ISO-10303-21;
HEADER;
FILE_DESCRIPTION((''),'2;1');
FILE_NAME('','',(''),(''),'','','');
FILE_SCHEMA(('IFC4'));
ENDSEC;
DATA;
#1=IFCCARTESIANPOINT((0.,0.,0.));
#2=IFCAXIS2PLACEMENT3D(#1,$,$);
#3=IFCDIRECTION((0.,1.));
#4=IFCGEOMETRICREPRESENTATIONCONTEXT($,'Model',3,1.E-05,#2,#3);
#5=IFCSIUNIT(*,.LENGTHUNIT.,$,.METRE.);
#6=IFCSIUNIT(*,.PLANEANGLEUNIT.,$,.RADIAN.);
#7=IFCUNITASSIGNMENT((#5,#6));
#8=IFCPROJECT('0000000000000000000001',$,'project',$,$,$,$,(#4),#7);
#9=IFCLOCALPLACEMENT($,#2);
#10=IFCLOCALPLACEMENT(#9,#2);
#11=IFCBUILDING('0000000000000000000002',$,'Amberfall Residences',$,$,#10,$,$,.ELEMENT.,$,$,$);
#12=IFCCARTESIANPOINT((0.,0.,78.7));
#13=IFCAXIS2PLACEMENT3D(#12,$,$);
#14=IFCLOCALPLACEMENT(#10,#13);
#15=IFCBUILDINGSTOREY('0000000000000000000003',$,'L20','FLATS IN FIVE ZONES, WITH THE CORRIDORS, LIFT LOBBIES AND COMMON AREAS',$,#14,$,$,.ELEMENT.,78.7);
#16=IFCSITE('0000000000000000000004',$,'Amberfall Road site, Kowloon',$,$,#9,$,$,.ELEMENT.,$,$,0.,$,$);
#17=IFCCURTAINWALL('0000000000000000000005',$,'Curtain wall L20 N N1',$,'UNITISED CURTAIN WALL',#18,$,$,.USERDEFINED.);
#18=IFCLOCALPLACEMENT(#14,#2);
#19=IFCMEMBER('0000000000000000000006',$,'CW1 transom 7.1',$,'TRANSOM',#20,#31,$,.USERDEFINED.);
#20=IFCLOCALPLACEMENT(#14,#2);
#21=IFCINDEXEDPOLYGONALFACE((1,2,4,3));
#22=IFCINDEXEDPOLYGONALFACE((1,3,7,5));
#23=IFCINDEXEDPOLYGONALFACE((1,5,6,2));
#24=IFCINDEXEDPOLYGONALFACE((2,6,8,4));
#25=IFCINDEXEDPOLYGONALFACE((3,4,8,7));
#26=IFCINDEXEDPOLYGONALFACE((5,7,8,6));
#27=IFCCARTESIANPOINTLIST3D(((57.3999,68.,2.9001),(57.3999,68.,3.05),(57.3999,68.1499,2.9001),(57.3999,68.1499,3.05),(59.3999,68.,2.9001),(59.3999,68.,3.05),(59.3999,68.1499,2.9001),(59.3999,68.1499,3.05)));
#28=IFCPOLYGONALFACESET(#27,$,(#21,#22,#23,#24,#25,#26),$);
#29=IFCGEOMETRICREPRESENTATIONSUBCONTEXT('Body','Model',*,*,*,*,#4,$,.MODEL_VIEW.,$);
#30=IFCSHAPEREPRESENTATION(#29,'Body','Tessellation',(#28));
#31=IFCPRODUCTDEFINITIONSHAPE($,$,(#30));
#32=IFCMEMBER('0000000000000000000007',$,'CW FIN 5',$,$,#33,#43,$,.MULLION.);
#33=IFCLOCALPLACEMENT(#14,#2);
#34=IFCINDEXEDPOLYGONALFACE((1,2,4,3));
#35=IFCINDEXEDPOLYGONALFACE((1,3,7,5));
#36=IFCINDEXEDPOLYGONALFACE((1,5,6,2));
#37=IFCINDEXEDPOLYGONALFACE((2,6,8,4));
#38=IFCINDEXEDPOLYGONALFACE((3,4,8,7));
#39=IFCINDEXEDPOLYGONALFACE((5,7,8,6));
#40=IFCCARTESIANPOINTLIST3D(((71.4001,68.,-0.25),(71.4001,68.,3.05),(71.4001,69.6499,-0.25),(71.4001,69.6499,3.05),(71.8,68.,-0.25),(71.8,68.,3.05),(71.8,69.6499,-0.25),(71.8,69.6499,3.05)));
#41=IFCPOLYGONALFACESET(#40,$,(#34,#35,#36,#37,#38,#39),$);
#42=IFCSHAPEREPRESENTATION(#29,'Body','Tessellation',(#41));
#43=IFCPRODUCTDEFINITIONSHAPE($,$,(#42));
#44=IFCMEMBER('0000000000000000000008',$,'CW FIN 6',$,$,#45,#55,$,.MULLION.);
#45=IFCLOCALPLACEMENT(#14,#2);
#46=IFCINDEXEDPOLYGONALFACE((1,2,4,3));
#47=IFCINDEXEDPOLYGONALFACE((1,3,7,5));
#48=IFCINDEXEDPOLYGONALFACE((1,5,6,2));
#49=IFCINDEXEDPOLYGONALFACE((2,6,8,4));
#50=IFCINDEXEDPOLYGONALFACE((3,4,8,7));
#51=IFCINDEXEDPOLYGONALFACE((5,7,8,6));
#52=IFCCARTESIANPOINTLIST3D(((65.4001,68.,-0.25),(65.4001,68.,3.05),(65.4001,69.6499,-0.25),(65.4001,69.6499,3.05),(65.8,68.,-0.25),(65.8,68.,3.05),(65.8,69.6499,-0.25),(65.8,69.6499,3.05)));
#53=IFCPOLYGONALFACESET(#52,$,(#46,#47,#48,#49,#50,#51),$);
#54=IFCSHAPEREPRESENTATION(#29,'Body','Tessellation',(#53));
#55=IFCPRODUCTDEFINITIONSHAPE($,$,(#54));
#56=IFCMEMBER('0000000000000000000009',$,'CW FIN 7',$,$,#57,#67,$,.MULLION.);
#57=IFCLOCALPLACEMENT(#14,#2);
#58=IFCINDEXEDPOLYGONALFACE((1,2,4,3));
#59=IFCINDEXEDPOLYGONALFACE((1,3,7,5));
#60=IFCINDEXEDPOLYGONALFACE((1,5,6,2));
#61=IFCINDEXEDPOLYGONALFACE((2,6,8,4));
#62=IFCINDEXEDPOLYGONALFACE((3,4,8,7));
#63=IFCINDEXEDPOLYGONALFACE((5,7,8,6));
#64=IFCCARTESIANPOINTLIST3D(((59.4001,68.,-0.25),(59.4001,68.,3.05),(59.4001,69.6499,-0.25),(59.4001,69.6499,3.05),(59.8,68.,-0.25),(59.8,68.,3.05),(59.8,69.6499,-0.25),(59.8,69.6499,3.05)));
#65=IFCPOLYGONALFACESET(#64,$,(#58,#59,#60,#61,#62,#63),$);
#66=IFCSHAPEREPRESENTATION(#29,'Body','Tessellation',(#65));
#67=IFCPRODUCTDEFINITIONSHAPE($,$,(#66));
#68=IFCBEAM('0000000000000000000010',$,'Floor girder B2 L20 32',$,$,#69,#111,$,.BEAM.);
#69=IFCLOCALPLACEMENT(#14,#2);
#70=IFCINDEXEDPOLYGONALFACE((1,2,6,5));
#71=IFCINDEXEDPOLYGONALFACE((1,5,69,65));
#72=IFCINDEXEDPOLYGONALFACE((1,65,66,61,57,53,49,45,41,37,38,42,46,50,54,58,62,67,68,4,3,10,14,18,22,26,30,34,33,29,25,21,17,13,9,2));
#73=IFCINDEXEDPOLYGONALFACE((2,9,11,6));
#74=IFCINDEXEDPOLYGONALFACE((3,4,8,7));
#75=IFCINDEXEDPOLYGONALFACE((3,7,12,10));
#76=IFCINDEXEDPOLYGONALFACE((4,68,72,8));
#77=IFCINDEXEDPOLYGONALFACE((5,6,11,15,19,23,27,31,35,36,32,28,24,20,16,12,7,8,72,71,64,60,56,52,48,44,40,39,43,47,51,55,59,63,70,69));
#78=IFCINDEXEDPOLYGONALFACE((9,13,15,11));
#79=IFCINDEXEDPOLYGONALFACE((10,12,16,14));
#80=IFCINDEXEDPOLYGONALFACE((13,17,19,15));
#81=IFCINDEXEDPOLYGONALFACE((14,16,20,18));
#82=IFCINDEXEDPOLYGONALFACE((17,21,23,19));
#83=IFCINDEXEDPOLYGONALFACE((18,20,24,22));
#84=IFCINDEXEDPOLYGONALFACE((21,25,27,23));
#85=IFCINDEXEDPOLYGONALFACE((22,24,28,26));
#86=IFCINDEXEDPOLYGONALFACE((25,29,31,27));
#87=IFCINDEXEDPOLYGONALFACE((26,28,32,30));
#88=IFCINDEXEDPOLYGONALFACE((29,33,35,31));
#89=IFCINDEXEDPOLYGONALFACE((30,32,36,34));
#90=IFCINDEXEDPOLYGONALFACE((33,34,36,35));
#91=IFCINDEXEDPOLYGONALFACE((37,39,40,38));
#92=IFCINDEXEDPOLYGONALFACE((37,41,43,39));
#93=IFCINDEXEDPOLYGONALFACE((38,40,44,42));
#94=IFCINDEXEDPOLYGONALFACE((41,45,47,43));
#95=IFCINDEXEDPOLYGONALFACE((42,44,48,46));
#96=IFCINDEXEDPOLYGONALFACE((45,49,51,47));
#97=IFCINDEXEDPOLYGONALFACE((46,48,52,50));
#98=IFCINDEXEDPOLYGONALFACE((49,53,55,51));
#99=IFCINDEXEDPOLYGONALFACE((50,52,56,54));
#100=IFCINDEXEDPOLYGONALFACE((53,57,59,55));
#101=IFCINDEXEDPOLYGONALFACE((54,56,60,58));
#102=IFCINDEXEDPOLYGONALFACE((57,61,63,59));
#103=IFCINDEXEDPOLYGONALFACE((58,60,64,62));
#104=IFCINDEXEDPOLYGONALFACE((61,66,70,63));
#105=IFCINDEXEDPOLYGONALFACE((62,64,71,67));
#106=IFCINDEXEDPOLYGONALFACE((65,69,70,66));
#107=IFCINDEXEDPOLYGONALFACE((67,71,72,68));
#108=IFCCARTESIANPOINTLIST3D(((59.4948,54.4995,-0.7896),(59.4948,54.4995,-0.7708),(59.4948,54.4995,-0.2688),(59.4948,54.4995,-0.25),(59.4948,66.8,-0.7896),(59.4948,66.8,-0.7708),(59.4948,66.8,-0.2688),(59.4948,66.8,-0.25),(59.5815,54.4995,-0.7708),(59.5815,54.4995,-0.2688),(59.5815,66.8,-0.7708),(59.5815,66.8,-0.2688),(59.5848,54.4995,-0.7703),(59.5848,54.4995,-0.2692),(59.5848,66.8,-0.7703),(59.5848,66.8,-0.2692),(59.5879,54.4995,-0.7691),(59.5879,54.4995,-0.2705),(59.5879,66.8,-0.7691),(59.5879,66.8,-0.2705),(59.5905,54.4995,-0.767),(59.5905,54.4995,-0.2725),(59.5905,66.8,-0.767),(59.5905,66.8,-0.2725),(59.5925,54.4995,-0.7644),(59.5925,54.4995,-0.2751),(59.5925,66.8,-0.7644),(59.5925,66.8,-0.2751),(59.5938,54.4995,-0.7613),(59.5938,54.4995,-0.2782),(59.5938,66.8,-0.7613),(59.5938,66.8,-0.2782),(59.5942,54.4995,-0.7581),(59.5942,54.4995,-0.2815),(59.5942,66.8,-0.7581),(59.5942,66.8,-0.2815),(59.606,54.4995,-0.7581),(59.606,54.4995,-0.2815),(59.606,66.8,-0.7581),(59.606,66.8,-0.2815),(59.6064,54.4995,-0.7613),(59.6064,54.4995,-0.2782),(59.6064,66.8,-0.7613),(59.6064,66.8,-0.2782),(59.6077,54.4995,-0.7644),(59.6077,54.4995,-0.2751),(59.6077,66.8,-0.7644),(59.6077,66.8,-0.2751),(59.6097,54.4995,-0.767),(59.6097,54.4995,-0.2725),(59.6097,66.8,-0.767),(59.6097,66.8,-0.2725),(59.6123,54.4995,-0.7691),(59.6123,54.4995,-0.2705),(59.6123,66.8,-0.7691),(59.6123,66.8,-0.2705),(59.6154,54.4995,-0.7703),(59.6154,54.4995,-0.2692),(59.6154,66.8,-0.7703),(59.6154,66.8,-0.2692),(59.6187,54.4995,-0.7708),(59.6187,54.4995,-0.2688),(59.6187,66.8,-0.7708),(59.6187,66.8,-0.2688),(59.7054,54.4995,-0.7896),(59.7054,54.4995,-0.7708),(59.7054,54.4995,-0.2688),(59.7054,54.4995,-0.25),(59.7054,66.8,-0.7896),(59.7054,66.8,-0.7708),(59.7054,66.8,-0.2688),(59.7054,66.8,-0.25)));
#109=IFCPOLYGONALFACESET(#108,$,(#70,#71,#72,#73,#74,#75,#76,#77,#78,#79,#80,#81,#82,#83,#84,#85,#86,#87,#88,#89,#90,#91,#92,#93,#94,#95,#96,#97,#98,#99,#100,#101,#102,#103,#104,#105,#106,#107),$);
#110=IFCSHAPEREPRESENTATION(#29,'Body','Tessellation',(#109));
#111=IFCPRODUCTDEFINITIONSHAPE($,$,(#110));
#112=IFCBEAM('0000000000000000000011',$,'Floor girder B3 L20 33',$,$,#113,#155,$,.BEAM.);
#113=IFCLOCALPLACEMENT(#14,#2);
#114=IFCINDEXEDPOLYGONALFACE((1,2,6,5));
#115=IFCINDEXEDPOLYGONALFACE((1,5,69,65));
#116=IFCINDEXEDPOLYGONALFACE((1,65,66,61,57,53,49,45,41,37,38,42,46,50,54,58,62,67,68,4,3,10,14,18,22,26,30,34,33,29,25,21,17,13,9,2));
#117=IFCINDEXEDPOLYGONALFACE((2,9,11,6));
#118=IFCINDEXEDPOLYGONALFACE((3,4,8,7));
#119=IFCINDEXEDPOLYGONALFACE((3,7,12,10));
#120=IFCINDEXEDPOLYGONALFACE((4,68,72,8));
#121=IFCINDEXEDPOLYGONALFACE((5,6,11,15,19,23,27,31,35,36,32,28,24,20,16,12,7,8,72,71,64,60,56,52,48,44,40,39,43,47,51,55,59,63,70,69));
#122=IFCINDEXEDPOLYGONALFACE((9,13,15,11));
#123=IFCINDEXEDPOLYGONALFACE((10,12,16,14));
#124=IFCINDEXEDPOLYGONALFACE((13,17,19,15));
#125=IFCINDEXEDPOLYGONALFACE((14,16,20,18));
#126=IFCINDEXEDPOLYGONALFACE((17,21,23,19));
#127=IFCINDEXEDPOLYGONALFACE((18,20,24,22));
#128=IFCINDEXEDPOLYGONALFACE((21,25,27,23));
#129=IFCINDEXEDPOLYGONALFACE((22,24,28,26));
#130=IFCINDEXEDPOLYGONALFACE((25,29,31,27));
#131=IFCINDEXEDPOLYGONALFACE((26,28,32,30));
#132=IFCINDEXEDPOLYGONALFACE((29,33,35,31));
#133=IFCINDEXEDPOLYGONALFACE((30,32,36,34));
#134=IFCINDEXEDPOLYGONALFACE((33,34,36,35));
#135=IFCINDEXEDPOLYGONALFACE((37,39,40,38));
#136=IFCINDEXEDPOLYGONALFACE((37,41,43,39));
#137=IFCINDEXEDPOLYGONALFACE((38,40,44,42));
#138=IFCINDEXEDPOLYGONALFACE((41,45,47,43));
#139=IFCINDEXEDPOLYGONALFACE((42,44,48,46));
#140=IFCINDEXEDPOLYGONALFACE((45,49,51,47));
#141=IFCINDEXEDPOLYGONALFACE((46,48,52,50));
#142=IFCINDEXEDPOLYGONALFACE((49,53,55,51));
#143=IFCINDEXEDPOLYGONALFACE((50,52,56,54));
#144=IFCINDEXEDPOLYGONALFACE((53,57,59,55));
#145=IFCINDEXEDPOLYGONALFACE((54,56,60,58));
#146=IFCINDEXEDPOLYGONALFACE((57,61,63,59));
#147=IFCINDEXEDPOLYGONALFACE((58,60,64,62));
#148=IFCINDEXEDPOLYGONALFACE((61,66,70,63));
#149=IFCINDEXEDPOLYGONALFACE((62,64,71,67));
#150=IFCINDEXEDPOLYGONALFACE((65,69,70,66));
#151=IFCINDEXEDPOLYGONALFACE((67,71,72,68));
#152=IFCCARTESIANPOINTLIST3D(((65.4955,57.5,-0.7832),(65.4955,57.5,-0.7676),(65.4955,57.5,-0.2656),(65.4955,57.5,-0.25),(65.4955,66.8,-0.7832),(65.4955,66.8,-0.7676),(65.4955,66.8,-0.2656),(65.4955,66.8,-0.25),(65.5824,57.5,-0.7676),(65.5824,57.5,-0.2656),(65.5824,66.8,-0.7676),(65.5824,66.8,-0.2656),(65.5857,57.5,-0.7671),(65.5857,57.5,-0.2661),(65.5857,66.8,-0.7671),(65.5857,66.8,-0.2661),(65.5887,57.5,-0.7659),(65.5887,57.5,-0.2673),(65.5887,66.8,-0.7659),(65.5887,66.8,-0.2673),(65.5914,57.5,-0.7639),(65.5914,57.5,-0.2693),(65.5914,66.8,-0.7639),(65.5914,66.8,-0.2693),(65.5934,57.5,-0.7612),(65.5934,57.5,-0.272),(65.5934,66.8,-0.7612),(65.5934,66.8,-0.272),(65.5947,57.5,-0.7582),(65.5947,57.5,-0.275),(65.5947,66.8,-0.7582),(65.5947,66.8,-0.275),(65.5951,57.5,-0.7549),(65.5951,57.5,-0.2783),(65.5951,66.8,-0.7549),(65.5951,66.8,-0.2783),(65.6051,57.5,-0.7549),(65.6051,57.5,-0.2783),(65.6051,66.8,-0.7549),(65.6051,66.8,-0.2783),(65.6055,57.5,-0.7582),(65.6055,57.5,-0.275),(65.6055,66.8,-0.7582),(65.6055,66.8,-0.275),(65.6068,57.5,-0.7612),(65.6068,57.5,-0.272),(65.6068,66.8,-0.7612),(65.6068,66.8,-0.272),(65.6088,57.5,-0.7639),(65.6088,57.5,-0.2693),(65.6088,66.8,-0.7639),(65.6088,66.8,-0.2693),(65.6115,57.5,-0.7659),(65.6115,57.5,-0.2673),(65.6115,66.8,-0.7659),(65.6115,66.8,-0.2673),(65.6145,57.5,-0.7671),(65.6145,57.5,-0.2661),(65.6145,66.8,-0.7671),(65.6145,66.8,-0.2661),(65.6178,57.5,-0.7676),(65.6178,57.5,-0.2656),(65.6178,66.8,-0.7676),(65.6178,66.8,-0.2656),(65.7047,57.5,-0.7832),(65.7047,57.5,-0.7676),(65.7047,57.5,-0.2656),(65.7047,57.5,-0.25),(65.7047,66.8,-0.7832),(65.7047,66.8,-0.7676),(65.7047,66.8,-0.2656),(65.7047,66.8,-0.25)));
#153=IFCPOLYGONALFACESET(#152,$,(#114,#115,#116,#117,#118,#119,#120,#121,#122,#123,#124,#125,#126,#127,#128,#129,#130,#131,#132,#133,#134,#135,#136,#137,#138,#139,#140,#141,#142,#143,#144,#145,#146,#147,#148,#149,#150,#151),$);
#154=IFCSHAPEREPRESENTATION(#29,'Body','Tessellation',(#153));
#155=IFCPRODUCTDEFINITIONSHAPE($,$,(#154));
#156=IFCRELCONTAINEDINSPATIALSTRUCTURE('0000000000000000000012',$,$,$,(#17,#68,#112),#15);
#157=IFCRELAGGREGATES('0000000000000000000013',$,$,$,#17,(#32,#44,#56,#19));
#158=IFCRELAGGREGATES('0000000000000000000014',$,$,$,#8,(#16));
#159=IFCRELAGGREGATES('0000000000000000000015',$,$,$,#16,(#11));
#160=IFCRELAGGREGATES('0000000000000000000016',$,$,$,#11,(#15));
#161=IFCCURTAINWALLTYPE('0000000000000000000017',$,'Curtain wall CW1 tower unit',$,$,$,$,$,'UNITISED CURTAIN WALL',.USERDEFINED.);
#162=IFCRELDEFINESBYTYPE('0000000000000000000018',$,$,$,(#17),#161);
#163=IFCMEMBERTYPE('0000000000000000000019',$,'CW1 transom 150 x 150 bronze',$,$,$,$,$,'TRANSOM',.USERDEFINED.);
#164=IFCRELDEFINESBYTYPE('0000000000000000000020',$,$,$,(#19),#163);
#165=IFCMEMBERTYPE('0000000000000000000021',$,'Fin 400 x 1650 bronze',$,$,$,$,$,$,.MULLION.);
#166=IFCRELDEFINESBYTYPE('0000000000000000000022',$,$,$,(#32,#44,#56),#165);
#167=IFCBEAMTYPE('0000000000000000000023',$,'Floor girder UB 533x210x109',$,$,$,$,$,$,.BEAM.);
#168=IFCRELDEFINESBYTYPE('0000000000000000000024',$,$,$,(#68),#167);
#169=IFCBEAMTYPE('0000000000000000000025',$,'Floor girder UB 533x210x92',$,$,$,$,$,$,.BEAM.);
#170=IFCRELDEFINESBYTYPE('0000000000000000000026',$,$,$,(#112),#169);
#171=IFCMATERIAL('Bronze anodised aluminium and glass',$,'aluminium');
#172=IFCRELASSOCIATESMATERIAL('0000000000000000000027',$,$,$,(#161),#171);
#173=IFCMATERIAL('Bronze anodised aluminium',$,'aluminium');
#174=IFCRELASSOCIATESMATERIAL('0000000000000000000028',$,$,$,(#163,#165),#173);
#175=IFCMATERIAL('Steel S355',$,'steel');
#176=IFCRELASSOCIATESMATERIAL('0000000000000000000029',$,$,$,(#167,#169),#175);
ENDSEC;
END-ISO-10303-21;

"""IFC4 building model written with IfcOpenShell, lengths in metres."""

from ifc_helpers import new_model, si_unit, direction, frame, origin, origin_2d, place, context, subcontext, project, spatial, rectangle, i_section, extrude, material, material_profile, profile_set, type_object, element, aggregate, save


model = new_model("IFC4")

# Units and contexts
model_context = context("Model", 3, precision=1e-05, world=origin(), true_north=direction((0.0, 1.0)))
body_context = subcontext(model_context, "Body", "Model", "MODEL_VIEW")
ifc_project = project(units=[si_unit("LENGTHUNIT", "METRE"), si_unit("PLANEANGLEUNIT", "RADIAN")], contexts=[model_context])

# Site, building, storey
site_placement = place(None, origin())
site = spatial("IfcSite", under=ifc_project, at=site_placement, Name="Amberfall Road site, Kowloon", CompositionType="ELEMENT", RefElevation=0.0)
building_placement = place(site_placement, origin())
building = spatial("IfcBuilding", under=site, at=building_placement, Name="Amberfall Residences", CompositionType="ELEMENT")
storey_placement = place(building_placement, frame((0.0, 0.0, 78.7)))
storey = spatial("IfcBuildingStorey", under=building, at=storey_placement, Name="L20", Description="FLATS IN FIVE ZONES, WITH THE CORRIDORS, LIFT LOBBIES AND COMMON AREAS", CompositionType="ELEMENT", Elevation=78.7)

# Shared definitions
ifc_material_1 = material(Name="Steel S355", Category="steel")

# Curtain wall, members
ifc_material_2 = material(Name="Bronze anodised aluminium and glass", Category="aluminium")
curtain_wall_type = type_object("IfcCurtainWallType", Name="Curtain wall CW1 tower unit", ElementType="UNITISED CURTAIN WALL", PredefinedType="USERDEFINED", material=ifc_material_2)
curtain_wall_placement = place(storey_placement, origin())
curtain_wall = element("IfcCurtainWall", 1, at=curtain_wall_placement, inside=storey, type_object=curtain_wall_type, Name="Curtain wall L20 N N1", ObjectType="UNITISED CURTAIN WALL", PredefinedType="USERDEFINED")
ifc_material_3 = material(Name="Bronze anodised aluminium", Category="aluminium")
ifc_material_profile_1 = material_profile(ifc_material_3, rectangle(XDim=0.1499, YDim=0.1499, at=origin_2d()), Name="CW1 transom 150 x 150 bronze")
ifc_profile_set_1 = profile_set([ifc_material_profile_1], Name="Bronze anodised aluminium")
member_type_1 = type_object("IfcMemberType", Name="CW1 transom 150 x 150 bronze", ElementType="TRANSOM", PredefinedType="USERDEFINED", material=ifc_profile_set_1)
member_1_placement = place(storey_placement, frame((59.3999, 68.075, 2.9751), z_axis=(-1.0, 0.0, 0.0), x_axis=(0.0, -1.0, 0.0)))
member_1 = element("IfcMember", 2, at=member_1_placement, type_object=member_type_1, Name="CW1 transom 7.1", ObjectType="TRANSOM", PredefinedType="USERDEFINED", context=body_context, shape_type="SweptSolid", body=[
    extrude(rectangle(XDim=0.1499, YDim=0.1499, at=origin_2d()), origin(), (0.0, 0.0, 1.0), 2.0),
])
ifc_material_profile_2 = material_profile(ifc_material_3, rectangle(XDim=1.6499, YDim=0.3999, at=origin_2d()), Name="Fin 400 x 1650 bronze")
ifc_profile_set_2 = profile_set([ifc_material_profile_2], Name="Bronze anodised aluminium")
member_type_2 = type_object("IfcMemberType", Name="Fin 400 x 1650 bronze", PredefinedType="MULLION", material=ifc_profile_set_2)
member_2_placement = place(storey_placement, frame((71.6001, 68.825, -0.25), z_axis=(0.0, 0.0, 1.0), x_axis=(0.0, -1.0, 0.0)))
member_2 = element("IfcMember", 3, at=member_2_placement, type_object=member_type_2, Name="CW FIN 5", PredefinedType="MULLION", context=body_context, shape_type="SweptSolid", body=[
    extrude(rectangle(XDim=1.6499, YDim=0.3999, at=origin_2d()), origin(), (0.0, 0.0, 1.0), 3.3),
])
member_3_placement = place(storey_placement, frame((65.6001, 68.825, -0.25), z_axis=(0.0, 0.0, 1.0), x_axis=(0.0, -1.0, 0.0)))
member_3 = element("IfcMember", 4, at=member_3_placement, type_object=member_type_2, Name="CW FIN 6", PredefinedType="MULLION", context=body_context, shape_type="SweptSolid", body=[
    extrude(rectangle(XDim=1.6499, YDim=0.3999, at=origin_2d()), origin(), (0.0, 0.0, 1.0), 3.3),
])
member_4_placement = place(storey_placement, frame((59.6001, 68.825, -0.25), z_axis=(0.0, 0.0, 1.0), x_axis=(0.0, -1.0, 0.0)))
member_4 = element("IfcMember", 5, at=member_4_placement, type_object=member_type_2, Name="CW FIN 7", PredefinedType="MULLION", context=body_context, shape_type="SweptSolid", body=[
    extrude(rectangle(XDim=1.6499, YDim=0.3999, at=origin_2d()), origin(), (0.0, 0.0, 1.0), 3.3),
])

# Beams
ifc_material_profile_3 = material_profile(ifc_material_1, i_section(OverallWidth=0.2107, OverallDepth=0.5396, WebThickness=0.0117, FlangeThickness=0.0188, FilletRadius=0.0127, at=origin_2d()), Name="UB 533x210x109")
ifc_profile_set_3 = profile_set([ifc_material_profile_3], Name="Steel S355")
beam_type_1 = type_object("IfcBeamType", Name="Floor girder UB 533x210x109", PredefinedType="BEAM", material=ifc_profile_set_3)
beam_1_placement = place(storey_placement, frame((59.6001, 66.8, -0.5198), z_axis=(0.0, -1.0, 0.0), x_axis=(1.0, 0.0, 0.0)))
element("IfcBeam", 6, at=beam_1_placement, inside=storey, type_object=beam_type_1, Name="Floor girder B2 L20 32", PredefinedType="BEAM", context=body_context, shape_type="SweptSolid", body=[
    extrude(i_section(OverallWidth=0.2107, OverallDepth=0.5396, WebThickness=0.0117, FlangeThickness=0.0188, FilletRadius=0.0127, at=origin_2d()), origin(), (0.0, 0.0, 1.0), 12.3005),
])
ifc_material_profile_4 = material_profile(ifc_material_1, i_section(OverallWidth=0.2092, OverallDepth=0.5332, WebThickness=0.01, FlangeThickness=0.0156, FilletRadius=0.0127, at=origin_2d()), Name="UB 533x210x92")
ifc_profile_set_4 = profile_set([ifc_material_profile_4], Name="Steel S355")
beam_type_2 = type_object("IfcBeamType", Name="Floor girder UB 533x210x92", PredefinedType="BEAM", material=ifc_profile_set_4)
beam_2_placement = place(storey_placement, frame((65.6001, 66.8, -0.5166), z_axis=(0.0, -1.0, 0.0), x_axis=(1.0, 0.0, 0.0)))
element("IfcBeam", 7, at=beam_2_placement, inside=storey, type_object=beam_type_2, Name="Floor girder B3 L20 33", PredefinedType="BEAM", context=body_context, shape_type="SweptSolid", body=[
    extrude(i_section(OverallWidth=0.2092, OverallDepth=0.5332, WebThickness=0.01, FlangeThickness=0.0156, FilletRadius=0.0127, at=origin_2d()), origin(), (0.0, 0.0, 1.0), 9.3),
])

aggregate(curtain_wall, [member_2, member_3, member_4, member_1])

save(model, "model.ifc")
